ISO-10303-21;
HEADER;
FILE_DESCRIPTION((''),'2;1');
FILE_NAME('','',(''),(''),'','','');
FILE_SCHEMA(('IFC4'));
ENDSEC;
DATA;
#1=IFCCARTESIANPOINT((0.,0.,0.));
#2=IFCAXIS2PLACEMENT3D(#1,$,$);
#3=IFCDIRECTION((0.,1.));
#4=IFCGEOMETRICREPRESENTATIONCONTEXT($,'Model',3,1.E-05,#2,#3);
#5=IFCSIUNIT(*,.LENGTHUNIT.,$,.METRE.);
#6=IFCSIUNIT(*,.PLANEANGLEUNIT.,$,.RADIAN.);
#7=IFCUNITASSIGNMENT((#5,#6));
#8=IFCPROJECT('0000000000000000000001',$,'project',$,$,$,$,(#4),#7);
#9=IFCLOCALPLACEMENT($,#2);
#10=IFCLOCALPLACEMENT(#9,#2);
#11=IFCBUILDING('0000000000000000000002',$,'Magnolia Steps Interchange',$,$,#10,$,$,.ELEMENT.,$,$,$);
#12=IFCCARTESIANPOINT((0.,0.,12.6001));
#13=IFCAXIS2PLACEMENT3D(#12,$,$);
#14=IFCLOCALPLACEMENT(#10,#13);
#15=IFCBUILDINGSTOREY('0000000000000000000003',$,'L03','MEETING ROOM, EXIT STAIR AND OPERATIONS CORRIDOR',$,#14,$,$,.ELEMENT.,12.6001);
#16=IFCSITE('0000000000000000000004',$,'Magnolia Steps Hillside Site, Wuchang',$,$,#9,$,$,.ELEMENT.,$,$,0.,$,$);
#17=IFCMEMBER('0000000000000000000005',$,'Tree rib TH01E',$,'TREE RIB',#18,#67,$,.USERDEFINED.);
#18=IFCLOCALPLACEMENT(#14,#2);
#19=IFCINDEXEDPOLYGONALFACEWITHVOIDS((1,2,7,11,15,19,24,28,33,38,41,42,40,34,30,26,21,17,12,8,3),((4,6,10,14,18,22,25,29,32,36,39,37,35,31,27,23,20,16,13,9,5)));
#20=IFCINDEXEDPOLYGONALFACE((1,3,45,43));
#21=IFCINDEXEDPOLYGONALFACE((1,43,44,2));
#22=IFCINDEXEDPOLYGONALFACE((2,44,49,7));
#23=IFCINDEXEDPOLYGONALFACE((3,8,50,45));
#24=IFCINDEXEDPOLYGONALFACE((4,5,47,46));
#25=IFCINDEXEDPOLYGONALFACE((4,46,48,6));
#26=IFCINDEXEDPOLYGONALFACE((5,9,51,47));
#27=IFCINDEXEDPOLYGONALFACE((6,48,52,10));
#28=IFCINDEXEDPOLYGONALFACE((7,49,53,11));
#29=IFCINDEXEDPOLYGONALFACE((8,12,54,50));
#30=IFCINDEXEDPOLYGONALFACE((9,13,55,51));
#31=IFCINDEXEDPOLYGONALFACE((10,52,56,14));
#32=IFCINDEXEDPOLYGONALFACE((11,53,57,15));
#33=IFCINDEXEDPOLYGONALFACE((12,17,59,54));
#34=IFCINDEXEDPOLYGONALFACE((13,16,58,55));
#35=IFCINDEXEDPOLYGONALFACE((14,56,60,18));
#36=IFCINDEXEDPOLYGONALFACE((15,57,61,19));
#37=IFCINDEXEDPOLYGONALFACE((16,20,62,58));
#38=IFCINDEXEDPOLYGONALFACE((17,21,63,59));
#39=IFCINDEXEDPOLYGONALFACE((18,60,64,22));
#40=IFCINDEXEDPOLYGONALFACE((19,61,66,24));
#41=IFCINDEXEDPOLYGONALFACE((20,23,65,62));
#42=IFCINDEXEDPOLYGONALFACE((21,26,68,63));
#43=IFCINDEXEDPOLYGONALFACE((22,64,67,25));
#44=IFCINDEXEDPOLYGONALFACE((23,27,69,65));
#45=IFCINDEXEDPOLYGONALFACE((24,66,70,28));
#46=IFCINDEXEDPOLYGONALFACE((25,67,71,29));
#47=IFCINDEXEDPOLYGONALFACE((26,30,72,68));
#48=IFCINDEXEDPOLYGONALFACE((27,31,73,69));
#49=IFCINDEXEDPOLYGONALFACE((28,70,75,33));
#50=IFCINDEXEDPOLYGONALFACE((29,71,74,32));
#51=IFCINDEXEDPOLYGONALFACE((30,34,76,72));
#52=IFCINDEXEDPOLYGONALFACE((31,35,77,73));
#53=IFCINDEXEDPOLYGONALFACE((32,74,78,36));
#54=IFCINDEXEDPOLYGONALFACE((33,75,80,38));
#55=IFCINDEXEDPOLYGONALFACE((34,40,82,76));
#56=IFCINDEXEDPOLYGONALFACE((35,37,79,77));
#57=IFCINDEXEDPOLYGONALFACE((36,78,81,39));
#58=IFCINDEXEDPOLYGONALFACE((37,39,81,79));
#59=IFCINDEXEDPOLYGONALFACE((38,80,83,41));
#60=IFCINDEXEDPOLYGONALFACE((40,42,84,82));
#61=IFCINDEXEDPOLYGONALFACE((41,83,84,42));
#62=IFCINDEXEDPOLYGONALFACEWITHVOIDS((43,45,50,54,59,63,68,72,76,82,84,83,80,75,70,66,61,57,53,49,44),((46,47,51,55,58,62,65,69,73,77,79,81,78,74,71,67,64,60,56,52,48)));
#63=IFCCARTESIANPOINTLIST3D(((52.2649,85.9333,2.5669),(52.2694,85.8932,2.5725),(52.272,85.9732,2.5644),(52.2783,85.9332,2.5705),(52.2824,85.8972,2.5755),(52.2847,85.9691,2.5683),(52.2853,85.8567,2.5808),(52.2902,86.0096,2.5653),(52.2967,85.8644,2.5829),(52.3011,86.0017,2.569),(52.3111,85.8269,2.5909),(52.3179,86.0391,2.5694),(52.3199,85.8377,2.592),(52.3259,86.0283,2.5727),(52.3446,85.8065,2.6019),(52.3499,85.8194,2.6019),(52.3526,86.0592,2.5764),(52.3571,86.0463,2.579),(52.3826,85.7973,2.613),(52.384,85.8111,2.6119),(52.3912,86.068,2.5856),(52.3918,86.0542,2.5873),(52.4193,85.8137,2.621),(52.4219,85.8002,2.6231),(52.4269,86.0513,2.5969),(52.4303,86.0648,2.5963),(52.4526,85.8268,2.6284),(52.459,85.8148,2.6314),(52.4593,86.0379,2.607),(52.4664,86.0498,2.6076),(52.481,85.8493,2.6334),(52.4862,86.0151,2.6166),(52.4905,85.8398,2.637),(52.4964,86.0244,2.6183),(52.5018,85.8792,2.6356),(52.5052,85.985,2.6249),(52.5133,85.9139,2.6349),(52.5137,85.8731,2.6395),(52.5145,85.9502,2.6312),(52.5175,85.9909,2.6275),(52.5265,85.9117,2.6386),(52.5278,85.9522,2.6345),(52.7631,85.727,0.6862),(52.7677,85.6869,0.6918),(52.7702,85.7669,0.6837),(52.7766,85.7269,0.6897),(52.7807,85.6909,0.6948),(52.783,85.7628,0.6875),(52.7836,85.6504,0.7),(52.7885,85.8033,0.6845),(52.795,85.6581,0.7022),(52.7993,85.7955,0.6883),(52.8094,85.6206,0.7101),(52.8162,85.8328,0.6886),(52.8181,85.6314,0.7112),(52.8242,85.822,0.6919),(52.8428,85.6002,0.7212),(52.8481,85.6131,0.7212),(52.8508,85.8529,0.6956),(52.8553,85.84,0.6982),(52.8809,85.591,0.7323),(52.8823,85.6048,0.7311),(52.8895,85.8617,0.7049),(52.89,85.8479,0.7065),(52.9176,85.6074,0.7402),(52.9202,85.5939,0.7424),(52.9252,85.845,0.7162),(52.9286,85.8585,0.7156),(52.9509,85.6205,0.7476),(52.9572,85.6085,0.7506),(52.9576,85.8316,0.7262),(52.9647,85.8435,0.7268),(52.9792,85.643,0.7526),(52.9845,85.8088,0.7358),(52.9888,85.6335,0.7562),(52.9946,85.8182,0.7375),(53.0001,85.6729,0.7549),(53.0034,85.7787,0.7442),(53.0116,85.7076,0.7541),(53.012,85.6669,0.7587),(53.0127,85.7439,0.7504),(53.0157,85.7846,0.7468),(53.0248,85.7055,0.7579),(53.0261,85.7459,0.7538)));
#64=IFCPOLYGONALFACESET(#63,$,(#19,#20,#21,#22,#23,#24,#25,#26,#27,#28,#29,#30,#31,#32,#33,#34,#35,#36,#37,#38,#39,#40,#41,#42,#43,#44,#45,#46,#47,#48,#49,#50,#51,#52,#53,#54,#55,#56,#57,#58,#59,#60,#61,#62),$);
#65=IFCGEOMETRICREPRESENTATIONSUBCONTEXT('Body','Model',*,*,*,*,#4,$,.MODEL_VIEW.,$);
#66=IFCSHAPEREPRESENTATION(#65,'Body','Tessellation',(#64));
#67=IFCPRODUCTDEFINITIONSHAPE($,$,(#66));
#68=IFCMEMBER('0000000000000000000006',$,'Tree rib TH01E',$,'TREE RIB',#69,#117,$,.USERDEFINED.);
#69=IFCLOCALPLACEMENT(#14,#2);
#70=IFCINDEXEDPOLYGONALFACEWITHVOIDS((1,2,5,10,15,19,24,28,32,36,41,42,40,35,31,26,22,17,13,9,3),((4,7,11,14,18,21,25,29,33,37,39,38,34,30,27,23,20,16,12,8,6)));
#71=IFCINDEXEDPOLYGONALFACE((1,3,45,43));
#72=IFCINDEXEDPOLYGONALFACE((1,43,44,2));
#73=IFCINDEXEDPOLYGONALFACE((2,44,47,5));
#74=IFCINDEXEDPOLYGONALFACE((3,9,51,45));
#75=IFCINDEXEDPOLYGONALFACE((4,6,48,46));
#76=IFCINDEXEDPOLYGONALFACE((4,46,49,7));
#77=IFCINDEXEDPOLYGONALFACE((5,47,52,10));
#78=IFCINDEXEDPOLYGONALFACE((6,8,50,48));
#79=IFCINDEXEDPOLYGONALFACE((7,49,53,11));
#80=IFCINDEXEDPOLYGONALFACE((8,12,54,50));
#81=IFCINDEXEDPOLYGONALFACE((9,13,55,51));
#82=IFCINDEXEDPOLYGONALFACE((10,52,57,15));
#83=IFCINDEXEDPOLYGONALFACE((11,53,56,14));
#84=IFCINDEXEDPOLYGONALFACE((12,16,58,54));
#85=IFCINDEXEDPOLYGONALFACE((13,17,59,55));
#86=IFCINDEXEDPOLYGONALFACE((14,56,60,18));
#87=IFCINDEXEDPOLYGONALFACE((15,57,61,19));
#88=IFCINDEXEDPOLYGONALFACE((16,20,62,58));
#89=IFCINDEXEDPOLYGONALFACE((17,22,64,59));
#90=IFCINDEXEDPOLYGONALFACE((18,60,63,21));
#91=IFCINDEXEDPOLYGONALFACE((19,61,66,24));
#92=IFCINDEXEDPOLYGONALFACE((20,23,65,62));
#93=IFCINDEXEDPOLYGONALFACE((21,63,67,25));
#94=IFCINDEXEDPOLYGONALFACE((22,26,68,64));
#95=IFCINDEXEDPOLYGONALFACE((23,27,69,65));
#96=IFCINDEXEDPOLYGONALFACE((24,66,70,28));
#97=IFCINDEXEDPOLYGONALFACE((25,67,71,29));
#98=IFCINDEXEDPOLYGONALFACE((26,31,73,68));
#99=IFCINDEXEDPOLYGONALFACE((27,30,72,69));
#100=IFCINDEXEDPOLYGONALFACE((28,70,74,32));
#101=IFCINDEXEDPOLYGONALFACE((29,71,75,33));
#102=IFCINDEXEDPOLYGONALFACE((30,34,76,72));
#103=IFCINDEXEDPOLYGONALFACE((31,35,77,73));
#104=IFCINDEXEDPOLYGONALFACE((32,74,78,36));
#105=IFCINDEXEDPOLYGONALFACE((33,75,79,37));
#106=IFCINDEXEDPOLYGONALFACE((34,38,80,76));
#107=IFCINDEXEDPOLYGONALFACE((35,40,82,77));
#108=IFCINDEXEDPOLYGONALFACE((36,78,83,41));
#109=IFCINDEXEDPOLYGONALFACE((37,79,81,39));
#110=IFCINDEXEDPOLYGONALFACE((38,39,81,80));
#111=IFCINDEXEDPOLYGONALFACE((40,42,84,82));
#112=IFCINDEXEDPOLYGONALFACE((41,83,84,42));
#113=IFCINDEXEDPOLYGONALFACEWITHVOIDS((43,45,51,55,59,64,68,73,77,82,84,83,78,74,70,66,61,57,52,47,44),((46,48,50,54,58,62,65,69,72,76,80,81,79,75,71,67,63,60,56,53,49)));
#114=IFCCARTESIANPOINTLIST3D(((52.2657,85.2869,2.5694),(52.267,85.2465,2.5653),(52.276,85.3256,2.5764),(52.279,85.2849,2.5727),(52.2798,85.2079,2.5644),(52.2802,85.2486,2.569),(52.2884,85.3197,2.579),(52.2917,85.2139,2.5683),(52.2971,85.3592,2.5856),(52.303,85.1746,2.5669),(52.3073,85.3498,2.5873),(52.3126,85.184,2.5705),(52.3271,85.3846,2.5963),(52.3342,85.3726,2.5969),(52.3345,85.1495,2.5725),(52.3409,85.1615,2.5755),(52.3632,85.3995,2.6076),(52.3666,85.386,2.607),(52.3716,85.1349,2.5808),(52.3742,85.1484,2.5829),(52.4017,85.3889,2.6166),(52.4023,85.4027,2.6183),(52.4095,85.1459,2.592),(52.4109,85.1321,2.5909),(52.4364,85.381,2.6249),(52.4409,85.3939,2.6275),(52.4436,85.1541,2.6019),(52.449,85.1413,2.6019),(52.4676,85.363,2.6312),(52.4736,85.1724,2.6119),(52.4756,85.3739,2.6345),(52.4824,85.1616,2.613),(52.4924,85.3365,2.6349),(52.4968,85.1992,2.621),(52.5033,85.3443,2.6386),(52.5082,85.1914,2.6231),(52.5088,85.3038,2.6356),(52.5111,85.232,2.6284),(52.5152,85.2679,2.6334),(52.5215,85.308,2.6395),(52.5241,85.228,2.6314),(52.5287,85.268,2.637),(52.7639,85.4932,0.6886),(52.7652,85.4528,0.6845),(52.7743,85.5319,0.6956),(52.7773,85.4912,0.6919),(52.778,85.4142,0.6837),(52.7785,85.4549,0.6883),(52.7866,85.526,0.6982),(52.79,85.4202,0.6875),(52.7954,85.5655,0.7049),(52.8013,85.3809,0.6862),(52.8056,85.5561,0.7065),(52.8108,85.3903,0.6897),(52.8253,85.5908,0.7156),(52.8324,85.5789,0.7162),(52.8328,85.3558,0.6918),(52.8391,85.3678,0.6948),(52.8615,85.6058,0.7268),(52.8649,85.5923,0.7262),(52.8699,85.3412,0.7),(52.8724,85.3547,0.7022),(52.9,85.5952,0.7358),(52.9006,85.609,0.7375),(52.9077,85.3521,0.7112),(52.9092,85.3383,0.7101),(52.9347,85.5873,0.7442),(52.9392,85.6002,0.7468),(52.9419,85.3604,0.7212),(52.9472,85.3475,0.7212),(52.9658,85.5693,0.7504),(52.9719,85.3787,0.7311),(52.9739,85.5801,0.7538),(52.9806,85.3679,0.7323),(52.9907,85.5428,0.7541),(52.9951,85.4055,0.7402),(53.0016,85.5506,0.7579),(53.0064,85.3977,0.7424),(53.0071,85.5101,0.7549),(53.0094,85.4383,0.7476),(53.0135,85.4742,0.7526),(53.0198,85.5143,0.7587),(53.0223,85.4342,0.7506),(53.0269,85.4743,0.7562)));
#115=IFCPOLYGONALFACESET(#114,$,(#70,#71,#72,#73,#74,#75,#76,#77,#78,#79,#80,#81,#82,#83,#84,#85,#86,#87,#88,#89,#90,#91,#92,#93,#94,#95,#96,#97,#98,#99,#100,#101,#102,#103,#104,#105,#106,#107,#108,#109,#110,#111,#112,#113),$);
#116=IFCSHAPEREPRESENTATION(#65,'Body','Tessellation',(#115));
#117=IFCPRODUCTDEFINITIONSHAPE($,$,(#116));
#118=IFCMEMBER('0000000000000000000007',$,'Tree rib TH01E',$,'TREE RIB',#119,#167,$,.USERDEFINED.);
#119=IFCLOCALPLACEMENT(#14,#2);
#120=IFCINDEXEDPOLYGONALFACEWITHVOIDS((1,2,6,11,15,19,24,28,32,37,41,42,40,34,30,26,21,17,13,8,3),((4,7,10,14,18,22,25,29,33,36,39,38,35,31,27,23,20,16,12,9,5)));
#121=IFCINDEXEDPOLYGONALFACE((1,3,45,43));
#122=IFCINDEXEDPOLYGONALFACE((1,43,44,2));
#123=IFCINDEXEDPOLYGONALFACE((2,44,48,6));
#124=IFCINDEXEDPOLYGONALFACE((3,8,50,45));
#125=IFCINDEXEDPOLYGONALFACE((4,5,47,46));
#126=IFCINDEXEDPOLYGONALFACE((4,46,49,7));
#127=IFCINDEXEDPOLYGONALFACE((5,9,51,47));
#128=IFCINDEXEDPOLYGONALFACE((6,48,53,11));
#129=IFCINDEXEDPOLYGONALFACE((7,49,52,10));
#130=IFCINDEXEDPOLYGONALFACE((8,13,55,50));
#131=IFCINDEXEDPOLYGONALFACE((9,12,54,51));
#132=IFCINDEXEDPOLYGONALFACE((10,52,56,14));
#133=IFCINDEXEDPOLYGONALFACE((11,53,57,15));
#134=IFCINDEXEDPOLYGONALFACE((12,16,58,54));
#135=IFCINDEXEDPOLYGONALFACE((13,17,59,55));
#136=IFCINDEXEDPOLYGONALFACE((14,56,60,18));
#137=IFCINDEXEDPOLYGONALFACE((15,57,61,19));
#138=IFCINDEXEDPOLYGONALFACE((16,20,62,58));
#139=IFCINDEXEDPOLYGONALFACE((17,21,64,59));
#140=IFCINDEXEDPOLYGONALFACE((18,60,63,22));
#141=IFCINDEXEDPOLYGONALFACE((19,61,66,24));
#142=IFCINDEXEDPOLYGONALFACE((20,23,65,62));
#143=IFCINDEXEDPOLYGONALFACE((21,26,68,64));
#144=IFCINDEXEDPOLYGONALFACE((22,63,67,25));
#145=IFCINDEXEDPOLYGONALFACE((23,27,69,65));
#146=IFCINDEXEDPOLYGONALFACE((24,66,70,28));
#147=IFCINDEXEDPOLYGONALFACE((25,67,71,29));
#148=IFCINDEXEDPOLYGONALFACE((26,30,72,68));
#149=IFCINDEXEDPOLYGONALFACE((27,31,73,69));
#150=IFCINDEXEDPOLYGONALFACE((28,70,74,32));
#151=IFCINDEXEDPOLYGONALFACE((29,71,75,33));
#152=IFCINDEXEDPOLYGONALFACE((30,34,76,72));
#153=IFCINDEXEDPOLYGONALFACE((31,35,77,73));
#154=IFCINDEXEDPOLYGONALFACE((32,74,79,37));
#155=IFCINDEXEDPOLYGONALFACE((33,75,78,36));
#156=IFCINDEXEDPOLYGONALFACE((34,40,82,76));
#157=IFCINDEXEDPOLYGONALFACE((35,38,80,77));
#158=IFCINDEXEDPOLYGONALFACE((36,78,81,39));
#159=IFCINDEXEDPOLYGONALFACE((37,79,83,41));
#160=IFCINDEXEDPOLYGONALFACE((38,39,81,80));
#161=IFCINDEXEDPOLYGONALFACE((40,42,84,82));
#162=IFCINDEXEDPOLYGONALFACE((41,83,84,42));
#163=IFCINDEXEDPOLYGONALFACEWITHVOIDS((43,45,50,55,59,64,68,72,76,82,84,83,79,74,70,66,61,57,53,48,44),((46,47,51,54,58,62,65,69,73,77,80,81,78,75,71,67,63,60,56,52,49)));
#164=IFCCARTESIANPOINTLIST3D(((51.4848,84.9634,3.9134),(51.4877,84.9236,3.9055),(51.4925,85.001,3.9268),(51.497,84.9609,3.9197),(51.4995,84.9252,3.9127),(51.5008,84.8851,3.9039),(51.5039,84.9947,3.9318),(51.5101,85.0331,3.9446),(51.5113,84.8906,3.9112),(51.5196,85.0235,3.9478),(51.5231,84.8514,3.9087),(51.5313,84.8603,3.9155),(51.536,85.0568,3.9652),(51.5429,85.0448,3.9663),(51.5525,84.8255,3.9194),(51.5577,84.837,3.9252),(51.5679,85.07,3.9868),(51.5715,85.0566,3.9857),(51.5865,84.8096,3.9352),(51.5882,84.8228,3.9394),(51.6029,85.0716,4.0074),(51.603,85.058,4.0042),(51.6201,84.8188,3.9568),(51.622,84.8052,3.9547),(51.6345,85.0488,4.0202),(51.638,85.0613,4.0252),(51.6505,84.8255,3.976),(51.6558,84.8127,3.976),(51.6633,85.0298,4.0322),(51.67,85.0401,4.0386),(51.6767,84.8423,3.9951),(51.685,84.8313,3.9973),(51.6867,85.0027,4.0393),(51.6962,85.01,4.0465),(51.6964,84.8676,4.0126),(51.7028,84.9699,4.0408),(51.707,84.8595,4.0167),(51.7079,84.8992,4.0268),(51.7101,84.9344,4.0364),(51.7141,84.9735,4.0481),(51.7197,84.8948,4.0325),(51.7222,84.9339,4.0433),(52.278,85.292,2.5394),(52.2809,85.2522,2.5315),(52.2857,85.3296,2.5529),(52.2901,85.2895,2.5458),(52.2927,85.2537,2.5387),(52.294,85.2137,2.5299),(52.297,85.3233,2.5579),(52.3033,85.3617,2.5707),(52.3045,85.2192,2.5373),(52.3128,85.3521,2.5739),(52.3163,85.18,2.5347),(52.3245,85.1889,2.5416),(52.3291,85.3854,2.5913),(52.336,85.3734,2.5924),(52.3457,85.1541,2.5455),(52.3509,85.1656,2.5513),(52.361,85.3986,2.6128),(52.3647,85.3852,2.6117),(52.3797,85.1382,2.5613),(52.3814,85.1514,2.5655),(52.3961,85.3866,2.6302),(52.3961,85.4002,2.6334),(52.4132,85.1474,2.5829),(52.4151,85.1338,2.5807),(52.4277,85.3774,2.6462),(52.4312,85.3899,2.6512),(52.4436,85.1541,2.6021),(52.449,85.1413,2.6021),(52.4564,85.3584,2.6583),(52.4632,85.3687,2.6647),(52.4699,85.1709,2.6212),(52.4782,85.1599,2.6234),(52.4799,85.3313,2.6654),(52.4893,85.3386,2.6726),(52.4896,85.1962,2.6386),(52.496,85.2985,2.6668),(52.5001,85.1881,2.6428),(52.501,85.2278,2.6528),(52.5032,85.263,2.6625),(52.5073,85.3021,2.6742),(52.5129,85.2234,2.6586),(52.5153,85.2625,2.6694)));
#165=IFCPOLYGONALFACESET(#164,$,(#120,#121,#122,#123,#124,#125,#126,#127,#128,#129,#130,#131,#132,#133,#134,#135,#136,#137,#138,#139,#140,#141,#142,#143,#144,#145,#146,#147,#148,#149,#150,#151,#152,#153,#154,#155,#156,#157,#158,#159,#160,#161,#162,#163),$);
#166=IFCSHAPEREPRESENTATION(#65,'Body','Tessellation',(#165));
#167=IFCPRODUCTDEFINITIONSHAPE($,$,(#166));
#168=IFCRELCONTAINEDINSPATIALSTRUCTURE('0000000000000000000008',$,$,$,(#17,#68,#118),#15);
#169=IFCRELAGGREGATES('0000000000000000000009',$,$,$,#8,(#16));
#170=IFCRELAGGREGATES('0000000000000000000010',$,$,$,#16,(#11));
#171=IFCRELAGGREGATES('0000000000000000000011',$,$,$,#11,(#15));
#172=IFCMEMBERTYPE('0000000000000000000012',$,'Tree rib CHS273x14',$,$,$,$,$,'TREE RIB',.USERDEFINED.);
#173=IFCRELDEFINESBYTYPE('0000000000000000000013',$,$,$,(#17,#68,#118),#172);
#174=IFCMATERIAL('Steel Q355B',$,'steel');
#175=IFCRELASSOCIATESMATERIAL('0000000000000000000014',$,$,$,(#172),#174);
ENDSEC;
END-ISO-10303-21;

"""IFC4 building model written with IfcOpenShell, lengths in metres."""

from ifc_helpers import new_model, si_unit, direction, frame, origin, origin_2d, place, context, subcontext, project, spatial, hollow_circle, extrude, material, material_profile, profile_set, type_object, element, save


model = new_model("IFC4")

# Units and contexts
model_context = context("Model", 3, precision=1e-05, world=origin(), true_north=direction((0.0, 1.0)))
body_context = subcontext(model_context, "Body", "Model", "MODEL_VIEW")
ifc_project = project(units=[si_unit("LENGTHUNIT", "METRE"), si_unit("PLANEANGLEUNIT", "RADIAN")], contexts=[model_context])

# Site, building, storey
site_placement = place(None, origin())
site = spatial("IfcSite", under=ifc_project, at=site_placement, Name="Magnolia Steps Hillside Site, Wuchang", CompositionType="ELEMENT", RefElevation=0.0)
building_placement = place(site_placement, origin())
building = spatial("IfcBuilding", under=site, at=building_placement, Name="Magnolia Steps Interchange", CompositionType="ELEMENT")
storey_placement = place(building_placement, frame((0.0, 0.0, 12.6001)))
storey = spatial("IfcBuildingStorey", under=building, at=storey_placement, Name="L03", Description="MEETING ROOM, EXIT STAIR AND OPERATIONS CORRIDOR", CompositionType="ELEMENT", Elevation=12.6001)

# Members
ifc_material_1 = material(Name="Steel Q355B", Category="steel")
ifc_material_profile_1 = material_profile(ifc_material_1, hollow_circle(Radius=0.1365, WallThickness=0.0139, at=origin_2d()), Name="CHS273x14")
ifc_profile_set_1 = profile_set([ifc_material_profile_1], Name="Steel Q355B")
member_type_1 = type_object("IfcMemberType", Name="Tree rib CHS273x14", ElementType="TREE RIB", PredefinedType="USERDEFINED", material=ifc_profile_set_1)
for number, where, z_axis, x_axis, name in (
    (1, (52.895, 85.7263, 0.7212), (-0.254665, 0.105435, 0.961264), (-0.382525, -0.923945, 0.0), "Tree rib TH01E"),
    (2, (52.895, 85.4736, 0.7212), (-0.254665, -0.105435, 0.961264), (0.382525, -0.923945, 0.0), "Tree rib TH01E"),
):
    element("IfcMember", number, at=place(storey_placement, frame(where, z_axis=z_axis, x_axis=x_axis)), inside=storey, type_object=member_type_1, Name=name, ObjectType="TREE RIB", PredefinedType="USERDEFINED", context=body_context, shape_type="SweptSolid", body=[
        extrude(hollow_circle(Radius=0.1365, WallThickness=0.0139, at=origin_2d()), origin(), (0.0, 0.0, 1.0), 1.9565),
    ])
member_1_placement = place(storey_placement, frame((52.3967, 85.2673, 2.6021), z_axis=(-0.489571, -0.20282, 0.848047), x_axis=(0.382737, -0.923857, 0.0)))
element("IfcMember", 3, at=member_1_placement, inside=storey, type_object=member_type_1, Name="Tree rib TH01E", ObjectType="TREE RIB", PredefinedType="USERDEFINED", context=body_context, shape_type="SweptSolid", body=[
    extrude(hollow_circle(Radius=0.1365, WallThickness=0.0139, at=origin_2d()), origin(), (0.0, 0.0, 1.0), 1.6201),
])

save(model, "model.ifc")
